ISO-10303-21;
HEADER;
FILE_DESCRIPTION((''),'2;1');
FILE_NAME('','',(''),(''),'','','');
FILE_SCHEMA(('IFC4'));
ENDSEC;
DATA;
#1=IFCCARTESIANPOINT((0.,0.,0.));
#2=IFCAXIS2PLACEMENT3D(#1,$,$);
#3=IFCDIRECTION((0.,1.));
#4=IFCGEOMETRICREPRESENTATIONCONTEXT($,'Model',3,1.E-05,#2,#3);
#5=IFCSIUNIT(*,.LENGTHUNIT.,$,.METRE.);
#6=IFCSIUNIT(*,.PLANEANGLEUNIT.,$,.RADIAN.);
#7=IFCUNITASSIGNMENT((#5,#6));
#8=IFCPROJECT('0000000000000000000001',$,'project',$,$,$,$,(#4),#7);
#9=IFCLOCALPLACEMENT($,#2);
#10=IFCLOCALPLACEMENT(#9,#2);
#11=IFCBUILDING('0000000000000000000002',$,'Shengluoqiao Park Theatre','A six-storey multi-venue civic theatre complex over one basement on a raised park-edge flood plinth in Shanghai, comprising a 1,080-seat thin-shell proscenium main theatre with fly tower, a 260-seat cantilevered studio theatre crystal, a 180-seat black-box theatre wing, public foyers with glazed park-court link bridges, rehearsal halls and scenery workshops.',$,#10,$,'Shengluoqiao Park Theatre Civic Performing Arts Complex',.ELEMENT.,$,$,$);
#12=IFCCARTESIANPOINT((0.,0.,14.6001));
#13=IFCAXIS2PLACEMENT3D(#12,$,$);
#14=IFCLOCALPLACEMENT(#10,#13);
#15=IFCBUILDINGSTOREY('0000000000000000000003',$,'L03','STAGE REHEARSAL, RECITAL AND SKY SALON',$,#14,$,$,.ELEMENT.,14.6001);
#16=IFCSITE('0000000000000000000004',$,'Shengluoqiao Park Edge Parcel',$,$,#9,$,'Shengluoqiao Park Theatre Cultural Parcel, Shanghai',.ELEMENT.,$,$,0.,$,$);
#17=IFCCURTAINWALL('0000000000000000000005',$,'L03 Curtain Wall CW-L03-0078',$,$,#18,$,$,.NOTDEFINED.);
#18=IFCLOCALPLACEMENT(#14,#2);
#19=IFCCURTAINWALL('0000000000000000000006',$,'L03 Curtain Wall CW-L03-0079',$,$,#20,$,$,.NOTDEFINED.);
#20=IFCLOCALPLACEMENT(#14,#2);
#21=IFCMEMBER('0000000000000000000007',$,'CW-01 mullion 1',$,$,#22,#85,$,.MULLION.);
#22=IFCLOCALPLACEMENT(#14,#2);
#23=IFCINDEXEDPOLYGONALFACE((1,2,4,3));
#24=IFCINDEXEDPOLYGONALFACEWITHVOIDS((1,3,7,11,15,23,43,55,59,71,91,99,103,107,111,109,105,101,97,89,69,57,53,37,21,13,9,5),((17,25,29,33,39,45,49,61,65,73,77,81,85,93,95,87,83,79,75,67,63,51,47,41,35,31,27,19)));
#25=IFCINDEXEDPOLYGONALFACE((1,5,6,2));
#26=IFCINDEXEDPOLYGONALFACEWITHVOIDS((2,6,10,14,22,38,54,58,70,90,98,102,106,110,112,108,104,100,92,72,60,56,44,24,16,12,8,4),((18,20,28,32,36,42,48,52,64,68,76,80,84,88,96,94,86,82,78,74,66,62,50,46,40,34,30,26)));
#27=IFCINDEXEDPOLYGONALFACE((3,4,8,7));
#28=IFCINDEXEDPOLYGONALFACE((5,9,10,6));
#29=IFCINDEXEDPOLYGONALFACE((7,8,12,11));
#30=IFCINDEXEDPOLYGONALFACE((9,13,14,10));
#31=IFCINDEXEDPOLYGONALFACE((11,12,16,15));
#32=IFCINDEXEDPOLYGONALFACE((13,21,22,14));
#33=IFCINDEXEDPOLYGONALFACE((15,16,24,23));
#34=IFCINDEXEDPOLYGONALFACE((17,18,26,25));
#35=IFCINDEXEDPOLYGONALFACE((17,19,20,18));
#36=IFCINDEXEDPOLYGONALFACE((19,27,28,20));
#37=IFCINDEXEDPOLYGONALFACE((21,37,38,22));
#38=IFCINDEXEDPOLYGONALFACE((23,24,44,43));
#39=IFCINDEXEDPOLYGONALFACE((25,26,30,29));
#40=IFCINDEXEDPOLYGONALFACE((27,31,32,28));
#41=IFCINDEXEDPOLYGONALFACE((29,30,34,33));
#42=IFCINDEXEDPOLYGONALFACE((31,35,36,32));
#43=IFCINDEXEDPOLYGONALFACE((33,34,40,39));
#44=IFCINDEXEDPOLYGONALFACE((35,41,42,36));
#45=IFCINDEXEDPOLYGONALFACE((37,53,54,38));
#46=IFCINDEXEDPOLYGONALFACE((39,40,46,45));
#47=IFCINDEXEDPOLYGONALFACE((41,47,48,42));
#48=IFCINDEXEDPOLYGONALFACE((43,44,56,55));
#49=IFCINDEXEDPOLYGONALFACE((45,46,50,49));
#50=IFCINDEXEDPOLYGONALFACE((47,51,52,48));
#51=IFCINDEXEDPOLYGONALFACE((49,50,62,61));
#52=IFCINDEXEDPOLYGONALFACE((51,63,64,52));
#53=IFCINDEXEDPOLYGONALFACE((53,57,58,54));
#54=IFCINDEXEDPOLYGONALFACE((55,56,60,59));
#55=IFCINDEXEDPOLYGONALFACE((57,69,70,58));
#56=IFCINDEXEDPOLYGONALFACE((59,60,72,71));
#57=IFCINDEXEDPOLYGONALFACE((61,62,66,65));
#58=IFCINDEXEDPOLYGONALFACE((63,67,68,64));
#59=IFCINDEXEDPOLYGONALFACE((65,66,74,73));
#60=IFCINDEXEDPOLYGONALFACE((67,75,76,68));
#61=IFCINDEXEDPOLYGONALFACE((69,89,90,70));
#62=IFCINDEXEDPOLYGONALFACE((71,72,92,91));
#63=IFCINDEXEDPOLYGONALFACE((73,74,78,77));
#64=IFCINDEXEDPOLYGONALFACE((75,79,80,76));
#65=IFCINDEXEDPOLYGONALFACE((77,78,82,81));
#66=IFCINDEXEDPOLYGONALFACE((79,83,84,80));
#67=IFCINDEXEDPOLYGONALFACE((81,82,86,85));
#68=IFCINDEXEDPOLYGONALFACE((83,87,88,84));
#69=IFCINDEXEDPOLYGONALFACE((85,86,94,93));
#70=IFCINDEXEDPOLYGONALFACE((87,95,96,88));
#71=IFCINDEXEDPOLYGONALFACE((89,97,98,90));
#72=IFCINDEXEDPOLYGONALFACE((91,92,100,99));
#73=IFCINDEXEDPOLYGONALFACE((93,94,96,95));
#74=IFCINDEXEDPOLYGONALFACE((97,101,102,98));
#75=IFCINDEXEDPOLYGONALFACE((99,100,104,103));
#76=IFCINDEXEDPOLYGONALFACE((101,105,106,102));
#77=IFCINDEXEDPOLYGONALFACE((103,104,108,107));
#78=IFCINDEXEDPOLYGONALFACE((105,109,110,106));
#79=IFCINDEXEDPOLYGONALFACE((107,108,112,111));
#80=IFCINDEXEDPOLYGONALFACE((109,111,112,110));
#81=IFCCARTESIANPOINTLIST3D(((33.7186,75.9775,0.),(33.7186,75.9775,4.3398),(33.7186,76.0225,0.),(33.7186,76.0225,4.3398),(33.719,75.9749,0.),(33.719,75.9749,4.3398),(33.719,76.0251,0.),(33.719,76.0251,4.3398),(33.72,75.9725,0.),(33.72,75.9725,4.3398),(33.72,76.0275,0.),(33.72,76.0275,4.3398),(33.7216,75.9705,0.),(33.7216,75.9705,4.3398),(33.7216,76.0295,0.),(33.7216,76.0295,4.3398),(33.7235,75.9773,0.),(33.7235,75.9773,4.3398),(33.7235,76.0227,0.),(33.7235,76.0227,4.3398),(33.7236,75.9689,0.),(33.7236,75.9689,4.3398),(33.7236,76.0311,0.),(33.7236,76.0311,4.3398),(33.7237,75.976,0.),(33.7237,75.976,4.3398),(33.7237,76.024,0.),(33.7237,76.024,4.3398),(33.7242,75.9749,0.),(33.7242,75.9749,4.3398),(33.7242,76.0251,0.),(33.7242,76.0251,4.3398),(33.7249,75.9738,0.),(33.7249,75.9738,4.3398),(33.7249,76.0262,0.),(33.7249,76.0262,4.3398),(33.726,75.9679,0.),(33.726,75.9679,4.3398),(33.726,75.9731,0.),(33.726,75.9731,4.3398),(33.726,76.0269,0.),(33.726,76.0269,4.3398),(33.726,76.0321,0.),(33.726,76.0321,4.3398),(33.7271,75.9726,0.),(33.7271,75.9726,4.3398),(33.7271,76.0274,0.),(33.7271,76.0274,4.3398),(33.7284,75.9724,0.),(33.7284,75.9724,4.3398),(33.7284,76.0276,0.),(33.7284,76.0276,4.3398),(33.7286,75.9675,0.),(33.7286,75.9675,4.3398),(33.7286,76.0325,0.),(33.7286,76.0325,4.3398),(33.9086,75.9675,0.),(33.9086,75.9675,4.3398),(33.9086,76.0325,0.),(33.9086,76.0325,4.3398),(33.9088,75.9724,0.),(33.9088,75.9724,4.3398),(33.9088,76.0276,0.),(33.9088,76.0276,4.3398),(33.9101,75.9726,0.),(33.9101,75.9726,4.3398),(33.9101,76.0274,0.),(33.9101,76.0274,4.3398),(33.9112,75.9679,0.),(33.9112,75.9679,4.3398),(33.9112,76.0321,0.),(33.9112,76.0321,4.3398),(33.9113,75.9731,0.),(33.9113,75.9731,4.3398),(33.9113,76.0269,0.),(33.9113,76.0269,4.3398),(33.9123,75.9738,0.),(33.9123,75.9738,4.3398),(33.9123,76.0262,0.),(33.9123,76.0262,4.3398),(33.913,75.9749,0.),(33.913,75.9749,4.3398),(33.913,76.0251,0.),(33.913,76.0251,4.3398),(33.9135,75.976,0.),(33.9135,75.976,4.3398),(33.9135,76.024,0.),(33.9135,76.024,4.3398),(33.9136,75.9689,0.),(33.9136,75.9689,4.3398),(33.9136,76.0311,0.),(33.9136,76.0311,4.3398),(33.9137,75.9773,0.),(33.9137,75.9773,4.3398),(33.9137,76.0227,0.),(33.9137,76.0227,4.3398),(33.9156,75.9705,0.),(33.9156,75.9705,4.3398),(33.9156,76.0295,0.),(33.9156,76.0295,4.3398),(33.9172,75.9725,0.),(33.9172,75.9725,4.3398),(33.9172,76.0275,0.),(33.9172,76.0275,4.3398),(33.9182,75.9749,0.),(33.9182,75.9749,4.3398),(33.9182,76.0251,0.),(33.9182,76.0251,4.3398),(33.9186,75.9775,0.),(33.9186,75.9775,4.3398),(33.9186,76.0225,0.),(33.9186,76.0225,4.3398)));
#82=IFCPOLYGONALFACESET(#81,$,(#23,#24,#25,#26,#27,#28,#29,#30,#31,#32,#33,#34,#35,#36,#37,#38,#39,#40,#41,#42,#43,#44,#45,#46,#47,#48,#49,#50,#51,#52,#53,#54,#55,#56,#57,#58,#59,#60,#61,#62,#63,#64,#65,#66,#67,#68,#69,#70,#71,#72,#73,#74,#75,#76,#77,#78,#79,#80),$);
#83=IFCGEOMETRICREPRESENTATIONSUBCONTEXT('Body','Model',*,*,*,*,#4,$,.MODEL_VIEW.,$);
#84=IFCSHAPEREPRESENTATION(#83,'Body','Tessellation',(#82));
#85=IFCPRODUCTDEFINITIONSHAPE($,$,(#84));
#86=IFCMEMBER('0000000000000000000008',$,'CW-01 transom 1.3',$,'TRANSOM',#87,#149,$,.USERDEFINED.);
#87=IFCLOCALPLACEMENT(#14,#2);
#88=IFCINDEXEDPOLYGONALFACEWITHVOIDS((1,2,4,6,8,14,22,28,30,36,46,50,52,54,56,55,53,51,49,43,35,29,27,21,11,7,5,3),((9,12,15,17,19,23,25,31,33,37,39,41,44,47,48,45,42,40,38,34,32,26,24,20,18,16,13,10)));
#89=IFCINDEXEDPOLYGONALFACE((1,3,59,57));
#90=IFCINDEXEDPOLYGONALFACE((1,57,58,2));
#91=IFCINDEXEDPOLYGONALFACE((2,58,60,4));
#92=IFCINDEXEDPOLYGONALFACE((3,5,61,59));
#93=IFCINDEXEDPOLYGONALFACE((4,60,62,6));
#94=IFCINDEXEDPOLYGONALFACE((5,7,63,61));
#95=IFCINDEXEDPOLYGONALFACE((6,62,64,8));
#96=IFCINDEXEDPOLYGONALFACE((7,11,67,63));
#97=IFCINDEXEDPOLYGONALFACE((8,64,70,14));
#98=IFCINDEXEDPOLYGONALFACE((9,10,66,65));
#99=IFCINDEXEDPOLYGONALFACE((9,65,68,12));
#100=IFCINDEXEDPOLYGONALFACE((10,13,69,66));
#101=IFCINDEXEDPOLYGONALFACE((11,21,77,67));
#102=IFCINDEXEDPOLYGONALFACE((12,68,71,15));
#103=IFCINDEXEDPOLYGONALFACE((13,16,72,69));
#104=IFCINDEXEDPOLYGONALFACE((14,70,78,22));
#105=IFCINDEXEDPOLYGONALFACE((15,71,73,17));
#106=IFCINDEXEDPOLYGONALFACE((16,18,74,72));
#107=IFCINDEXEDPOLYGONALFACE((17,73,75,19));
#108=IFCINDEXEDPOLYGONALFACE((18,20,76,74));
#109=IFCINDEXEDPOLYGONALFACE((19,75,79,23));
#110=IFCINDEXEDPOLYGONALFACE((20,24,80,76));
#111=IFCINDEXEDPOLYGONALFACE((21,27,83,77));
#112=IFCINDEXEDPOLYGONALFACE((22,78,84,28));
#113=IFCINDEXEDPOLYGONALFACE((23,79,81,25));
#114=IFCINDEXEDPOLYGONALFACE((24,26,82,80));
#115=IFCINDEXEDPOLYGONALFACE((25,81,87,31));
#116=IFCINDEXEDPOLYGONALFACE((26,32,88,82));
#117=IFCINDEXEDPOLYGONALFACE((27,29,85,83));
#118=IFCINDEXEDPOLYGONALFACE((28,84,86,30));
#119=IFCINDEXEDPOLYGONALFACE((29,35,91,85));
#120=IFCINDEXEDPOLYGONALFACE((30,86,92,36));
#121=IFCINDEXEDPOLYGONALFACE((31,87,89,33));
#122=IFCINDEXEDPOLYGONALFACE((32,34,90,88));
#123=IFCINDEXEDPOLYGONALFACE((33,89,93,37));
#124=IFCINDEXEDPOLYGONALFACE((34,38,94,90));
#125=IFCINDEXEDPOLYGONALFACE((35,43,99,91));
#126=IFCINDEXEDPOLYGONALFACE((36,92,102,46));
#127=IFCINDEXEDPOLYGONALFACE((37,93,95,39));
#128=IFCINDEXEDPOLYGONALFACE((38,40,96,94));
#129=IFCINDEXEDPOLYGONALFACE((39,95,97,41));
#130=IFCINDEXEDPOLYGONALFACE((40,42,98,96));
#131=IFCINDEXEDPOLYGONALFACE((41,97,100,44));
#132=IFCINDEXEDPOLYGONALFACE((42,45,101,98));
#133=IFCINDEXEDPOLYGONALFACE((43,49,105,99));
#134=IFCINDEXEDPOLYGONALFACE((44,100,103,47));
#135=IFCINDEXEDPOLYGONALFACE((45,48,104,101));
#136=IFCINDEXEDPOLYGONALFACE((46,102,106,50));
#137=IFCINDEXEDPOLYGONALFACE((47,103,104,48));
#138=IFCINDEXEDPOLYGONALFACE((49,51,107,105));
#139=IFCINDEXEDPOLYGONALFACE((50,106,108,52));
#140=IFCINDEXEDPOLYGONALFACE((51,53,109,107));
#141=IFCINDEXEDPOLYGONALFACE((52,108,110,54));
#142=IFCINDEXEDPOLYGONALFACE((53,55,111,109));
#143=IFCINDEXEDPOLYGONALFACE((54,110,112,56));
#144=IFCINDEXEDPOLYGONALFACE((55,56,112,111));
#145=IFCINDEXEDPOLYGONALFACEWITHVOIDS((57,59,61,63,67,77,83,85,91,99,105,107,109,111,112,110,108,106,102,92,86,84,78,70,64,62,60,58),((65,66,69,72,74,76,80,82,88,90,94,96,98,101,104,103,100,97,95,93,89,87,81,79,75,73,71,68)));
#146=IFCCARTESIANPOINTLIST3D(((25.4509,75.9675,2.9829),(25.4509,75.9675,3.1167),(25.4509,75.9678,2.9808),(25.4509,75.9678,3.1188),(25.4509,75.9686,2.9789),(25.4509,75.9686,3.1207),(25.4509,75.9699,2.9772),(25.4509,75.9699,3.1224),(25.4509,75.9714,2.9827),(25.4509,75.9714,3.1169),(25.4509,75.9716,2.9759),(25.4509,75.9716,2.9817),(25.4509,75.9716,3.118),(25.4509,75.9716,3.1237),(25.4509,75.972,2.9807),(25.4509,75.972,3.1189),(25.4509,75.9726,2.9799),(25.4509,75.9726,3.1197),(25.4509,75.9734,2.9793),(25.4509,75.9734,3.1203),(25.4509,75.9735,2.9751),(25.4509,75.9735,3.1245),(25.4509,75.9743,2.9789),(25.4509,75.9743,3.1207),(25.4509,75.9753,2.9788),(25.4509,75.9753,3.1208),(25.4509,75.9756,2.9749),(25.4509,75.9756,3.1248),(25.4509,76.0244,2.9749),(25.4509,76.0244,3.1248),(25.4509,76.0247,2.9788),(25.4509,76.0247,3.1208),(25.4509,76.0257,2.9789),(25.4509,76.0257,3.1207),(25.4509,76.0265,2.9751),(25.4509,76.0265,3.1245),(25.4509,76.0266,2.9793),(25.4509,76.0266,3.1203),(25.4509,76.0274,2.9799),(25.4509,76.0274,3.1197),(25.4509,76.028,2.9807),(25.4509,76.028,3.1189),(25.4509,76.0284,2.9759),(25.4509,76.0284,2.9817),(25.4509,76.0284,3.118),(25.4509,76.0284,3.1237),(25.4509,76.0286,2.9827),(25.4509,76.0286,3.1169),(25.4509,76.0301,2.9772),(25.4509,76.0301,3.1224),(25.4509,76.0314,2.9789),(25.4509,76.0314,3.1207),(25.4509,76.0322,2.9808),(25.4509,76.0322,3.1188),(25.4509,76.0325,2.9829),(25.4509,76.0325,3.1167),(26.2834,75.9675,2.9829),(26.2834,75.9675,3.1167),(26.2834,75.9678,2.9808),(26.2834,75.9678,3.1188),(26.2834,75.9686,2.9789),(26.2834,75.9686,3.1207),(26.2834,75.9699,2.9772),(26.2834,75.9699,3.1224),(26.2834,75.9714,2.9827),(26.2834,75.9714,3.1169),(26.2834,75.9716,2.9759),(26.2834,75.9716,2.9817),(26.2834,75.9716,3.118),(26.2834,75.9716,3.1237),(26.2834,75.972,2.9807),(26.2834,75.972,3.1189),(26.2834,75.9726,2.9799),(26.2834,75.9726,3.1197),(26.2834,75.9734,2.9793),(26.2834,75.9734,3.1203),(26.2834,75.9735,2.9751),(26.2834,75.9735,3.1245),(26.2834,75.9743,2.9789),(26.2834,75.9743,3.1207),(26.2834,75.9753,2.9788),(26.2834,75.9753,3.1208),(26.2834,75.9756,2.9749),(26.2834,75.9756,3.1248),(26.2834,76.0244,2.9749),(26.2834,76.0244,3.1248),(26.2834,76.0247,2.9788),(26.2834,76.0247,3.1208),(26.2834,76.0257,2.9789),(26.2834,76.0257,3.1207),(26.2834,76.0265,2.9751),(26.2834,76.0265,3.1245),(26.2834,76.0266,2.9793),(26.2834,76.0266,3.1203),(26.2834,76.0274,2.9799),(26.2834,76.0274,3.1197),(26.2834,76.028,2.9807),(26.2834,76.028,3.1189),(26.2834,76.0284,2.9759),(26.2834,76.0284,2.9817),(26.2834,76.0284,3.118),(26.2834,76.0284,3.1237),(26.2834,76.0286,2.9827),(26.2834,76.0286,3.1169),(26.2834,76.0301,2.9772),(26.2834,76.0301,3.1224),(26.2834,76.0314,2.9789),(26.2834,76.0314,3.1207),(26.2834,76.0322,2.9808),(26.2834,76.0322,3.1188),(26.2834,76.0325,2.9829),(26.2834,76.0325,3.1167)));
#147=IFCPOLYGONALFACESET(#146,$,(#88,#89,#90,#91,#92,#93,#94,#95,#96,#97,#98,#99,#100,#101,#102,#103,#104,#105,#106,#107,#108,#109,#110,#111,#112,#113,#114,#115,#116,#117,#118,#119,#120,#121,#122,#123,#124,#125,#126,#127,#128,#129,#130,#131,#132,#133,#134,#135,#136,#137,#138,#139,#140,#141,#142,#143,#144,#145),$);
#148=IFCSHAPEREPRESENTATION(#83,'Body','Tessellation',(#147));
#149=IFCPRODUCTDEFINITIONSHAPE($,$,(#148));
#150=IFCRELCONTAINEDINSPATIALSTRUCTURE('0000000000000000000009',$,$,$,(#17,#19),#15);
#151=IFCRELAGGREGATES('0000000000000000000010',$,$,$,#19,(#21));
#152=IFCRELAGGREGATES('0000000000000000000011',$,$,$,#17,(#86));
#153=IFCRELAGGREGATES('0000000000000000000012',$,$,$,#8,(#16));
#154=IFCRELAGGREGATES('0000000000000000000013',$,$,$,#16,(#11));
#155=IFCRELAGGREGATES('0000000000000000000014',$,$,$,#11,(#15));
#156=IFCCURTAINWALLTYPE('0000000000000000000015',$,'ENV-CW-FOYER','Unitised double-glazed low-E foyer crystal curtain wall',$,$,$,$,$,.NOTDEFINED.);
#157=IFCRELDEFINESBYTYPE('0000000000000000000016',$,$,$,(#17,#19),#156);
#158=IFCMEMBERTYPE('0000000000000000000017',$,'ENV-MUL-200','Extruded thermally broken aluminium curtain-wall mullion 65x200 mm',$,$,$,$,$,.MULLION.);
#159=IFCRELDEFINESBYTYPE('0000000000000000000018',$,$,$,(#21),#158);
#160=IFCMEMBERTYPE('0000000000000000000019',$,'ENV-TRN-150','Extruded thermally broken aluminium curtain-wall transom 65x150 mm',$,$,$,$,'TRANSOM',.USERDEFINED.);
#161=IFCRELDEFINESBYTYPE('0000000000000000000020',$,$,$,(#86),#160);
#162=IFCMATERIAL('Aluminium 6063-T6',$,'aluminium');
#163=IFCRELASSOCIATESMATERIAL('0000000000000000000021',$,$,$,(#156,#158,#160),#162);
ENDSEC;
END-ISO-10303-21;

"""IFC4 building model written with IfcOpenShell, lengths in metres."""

from ifc_helpers import new_model, si_unit, direction, frame, origin, origin_2d, place, context, subcontext, project, spatial, hollow_rectangle, extrude, material, material_profile, profile_set, type_object, element, aggregate, save


model = new_model("IFC4")

# Units and contexts
model_context = context("Model", 3, precision=1e-05, world=origin(), true_north=direction((0.0, 1.0)))
body_context = subcontext(model_context, "Body", "Model", "MODEL_VIEW")
ifc_project = project(units=[si_unit("LENGTHUNIT", "METRE"), si_unit("PLANEANGLEUNIT", "RADIAN")], contexts=[model_context])

# Site, building, storey
site_placement = place(None, origin())
site = spatial("IfcSite", under=ifc_project, at=site_placement, Name="Shengluoqiao Park Edge Parcel", LongName="Shengluoqiao Park Theatre Cultural Parcel, Shanghai", CompositionType="ELEMENT", RefElevation=0.0)
building_placement = place(site_placement, origin())
building = spatial("IfcBuilding", under=site, at=building_placement, Name="Shengluoqiao Park Theatre", Description="A six-storey multi-venue civic theatre complex over one basement on a raised park-edge flood plinth in Shanghai, comprising a 1,080-seat thin-shell proscenium main theatre with fly tower, a 260-seat cantilevered studio theatre crystal, a 180-seat black-box theatre wing, public foyers with glazed park-court link bridges, rehearsal halls and scenery workshops.", LongName="Shengluoqiao Park Theatre Civic Performing Arts Complex", CompositionType="ELEMENT")
storey_placement = place(building_placement, frame((0.0, 0.0, 14.6001)))
storey = spatial("IfcBuildingStorey", under=building, at=storey_placement, Name="L03", Description="STAGE REHEARSAL, RECITAL AND SKY SALON", CompositionType="ELEMENT", Elevation=14.6001)

# Curtain wall
ifc_material_1 = material(Name="Aluminium 6063-T6", Category="aluminium")
curtain_wall_type = type_object("IfcCurtainWallType", Name="ENV-CW-FOYER", Description="Unitised double-glazed low-E foyer crystal curtain wall", PredefinedType="NOTDEFINED", material=ifc_material_1)
curtain_wall_1_placement = place(storey_placement, origin())
curtain_wall_1 = element("IfcCurtainWall", 1, at=curtain_wall_1_placement, inside=storey, type_object=curtain_wall_type, Name="L03 Curtain Wall CW-L03-0078", PredefinedType="NOTDEFINED")
ifc_material_profile_1 = material_profile(ifc_material_1, hollow_rectangle(XDim=0.0649, YDim=0.2, WallThickness=0.0049, InnerFilletRadius=0.0049, OuterFilletRadius=0.01, at=origin_2d()), Name="ALU MULLION 200x65x5")
ifc_profile_set_1 = profile_set([ifc_material_profile_1], Name="Aluminium 6063-T6")
member_type_1 = type_object("IfcMemberType", Name="ENV-MUL-200", Description="Extruded thermally broken aluminium curtain-wall mullion 65x200 mm", PredefinedType="MULLION", material=ifc_profile_set_1)

# Curtain wall, member
curtain_wall_2_placement = place(storey_placement, origin())
curtain_wall_2 = element("IfcCurtainWall", 2, at=curtain_wall_2_placement, inside=storey, type_object=curtain_wall_type, Name="L03 Curtain Wall CW-L03-0079", PredefinedType="NOTDEFINED")
member_1_placement = place(storey_placement, frame((33.8186, 76.0, 0.0), z_axis=(0.0, 0.0, 1.0), x_axis=(0.0, 1.0, 0.0)))
member_1 = element("IfcMember", 3, at=member_1_placement, type_object=member_type_1, Name="CW-01 mullion 1", PredefinedType="MULLION", context=body_context, shape_type="SweptSolid", body=[
    extrude(hollow_rectangle(XDim=0.0649, YDim=0.2, WallThickness=0.0049, InnerFilletRadius=0.0049, OuterFilletRadius=0.01, at=origin_2d()), origin(), (0.0, 0.0, 1.0), 4.3398),
])

# Member
ifc_material_profile_2 = material_profile(ifc_material_1, hollow_rectangle(XDim=0.0649, YDim=0.1499, WallThickness=0.0039, InnerFilletRadius=0.0039, OuterFilletRadius=0.0081, at=origin_2d()), Name="ALU TRANSOM 150x65x4")
ifc_profile_set_2 = profile_set([ifc_material_profile_2], Name="Aluminium 6063-T6")
member_type_2 = type_object("IfcMemberType", Name="ENV-TRN-150", Description="Extruded thermally broken aluminium curtain-wall transom 65x150 mm", ElementType="TRANSOM", PredefinedType="USERDEFINED", material=ifc_profile_set_2)
member_2_placement = place(storey_placement, frame((25.4509, 76.0, 3.0498), z_axis=(1.0, 0.0, 0.0), x_axis=(0.0, 1.0, 0.0)))
member_2 = element("IfcMember", 4, at=member_2_placement, type_object=member_type_2, Name="CW-01 transom 1.3", ObjectType="TRANSOM", PredefinedType="USERDEFINED", context=body_context, shape_type="SweptSolid", body=[
    extrude(hollow_rectangle(XDim=0.0649, YDim=0.1499, WallThickness=0.0039, InnerFilletRadius=0.0039, OuterFilletRadius=0.0081, at=origin_2d()), origin(), (0.0, 0.0, 1.0), 0.8325),
])
aggregate(curtain_wall_2, [member_1])

aggregate(curtain_wall_1, [member_2])

save(model, "model.ifc")
